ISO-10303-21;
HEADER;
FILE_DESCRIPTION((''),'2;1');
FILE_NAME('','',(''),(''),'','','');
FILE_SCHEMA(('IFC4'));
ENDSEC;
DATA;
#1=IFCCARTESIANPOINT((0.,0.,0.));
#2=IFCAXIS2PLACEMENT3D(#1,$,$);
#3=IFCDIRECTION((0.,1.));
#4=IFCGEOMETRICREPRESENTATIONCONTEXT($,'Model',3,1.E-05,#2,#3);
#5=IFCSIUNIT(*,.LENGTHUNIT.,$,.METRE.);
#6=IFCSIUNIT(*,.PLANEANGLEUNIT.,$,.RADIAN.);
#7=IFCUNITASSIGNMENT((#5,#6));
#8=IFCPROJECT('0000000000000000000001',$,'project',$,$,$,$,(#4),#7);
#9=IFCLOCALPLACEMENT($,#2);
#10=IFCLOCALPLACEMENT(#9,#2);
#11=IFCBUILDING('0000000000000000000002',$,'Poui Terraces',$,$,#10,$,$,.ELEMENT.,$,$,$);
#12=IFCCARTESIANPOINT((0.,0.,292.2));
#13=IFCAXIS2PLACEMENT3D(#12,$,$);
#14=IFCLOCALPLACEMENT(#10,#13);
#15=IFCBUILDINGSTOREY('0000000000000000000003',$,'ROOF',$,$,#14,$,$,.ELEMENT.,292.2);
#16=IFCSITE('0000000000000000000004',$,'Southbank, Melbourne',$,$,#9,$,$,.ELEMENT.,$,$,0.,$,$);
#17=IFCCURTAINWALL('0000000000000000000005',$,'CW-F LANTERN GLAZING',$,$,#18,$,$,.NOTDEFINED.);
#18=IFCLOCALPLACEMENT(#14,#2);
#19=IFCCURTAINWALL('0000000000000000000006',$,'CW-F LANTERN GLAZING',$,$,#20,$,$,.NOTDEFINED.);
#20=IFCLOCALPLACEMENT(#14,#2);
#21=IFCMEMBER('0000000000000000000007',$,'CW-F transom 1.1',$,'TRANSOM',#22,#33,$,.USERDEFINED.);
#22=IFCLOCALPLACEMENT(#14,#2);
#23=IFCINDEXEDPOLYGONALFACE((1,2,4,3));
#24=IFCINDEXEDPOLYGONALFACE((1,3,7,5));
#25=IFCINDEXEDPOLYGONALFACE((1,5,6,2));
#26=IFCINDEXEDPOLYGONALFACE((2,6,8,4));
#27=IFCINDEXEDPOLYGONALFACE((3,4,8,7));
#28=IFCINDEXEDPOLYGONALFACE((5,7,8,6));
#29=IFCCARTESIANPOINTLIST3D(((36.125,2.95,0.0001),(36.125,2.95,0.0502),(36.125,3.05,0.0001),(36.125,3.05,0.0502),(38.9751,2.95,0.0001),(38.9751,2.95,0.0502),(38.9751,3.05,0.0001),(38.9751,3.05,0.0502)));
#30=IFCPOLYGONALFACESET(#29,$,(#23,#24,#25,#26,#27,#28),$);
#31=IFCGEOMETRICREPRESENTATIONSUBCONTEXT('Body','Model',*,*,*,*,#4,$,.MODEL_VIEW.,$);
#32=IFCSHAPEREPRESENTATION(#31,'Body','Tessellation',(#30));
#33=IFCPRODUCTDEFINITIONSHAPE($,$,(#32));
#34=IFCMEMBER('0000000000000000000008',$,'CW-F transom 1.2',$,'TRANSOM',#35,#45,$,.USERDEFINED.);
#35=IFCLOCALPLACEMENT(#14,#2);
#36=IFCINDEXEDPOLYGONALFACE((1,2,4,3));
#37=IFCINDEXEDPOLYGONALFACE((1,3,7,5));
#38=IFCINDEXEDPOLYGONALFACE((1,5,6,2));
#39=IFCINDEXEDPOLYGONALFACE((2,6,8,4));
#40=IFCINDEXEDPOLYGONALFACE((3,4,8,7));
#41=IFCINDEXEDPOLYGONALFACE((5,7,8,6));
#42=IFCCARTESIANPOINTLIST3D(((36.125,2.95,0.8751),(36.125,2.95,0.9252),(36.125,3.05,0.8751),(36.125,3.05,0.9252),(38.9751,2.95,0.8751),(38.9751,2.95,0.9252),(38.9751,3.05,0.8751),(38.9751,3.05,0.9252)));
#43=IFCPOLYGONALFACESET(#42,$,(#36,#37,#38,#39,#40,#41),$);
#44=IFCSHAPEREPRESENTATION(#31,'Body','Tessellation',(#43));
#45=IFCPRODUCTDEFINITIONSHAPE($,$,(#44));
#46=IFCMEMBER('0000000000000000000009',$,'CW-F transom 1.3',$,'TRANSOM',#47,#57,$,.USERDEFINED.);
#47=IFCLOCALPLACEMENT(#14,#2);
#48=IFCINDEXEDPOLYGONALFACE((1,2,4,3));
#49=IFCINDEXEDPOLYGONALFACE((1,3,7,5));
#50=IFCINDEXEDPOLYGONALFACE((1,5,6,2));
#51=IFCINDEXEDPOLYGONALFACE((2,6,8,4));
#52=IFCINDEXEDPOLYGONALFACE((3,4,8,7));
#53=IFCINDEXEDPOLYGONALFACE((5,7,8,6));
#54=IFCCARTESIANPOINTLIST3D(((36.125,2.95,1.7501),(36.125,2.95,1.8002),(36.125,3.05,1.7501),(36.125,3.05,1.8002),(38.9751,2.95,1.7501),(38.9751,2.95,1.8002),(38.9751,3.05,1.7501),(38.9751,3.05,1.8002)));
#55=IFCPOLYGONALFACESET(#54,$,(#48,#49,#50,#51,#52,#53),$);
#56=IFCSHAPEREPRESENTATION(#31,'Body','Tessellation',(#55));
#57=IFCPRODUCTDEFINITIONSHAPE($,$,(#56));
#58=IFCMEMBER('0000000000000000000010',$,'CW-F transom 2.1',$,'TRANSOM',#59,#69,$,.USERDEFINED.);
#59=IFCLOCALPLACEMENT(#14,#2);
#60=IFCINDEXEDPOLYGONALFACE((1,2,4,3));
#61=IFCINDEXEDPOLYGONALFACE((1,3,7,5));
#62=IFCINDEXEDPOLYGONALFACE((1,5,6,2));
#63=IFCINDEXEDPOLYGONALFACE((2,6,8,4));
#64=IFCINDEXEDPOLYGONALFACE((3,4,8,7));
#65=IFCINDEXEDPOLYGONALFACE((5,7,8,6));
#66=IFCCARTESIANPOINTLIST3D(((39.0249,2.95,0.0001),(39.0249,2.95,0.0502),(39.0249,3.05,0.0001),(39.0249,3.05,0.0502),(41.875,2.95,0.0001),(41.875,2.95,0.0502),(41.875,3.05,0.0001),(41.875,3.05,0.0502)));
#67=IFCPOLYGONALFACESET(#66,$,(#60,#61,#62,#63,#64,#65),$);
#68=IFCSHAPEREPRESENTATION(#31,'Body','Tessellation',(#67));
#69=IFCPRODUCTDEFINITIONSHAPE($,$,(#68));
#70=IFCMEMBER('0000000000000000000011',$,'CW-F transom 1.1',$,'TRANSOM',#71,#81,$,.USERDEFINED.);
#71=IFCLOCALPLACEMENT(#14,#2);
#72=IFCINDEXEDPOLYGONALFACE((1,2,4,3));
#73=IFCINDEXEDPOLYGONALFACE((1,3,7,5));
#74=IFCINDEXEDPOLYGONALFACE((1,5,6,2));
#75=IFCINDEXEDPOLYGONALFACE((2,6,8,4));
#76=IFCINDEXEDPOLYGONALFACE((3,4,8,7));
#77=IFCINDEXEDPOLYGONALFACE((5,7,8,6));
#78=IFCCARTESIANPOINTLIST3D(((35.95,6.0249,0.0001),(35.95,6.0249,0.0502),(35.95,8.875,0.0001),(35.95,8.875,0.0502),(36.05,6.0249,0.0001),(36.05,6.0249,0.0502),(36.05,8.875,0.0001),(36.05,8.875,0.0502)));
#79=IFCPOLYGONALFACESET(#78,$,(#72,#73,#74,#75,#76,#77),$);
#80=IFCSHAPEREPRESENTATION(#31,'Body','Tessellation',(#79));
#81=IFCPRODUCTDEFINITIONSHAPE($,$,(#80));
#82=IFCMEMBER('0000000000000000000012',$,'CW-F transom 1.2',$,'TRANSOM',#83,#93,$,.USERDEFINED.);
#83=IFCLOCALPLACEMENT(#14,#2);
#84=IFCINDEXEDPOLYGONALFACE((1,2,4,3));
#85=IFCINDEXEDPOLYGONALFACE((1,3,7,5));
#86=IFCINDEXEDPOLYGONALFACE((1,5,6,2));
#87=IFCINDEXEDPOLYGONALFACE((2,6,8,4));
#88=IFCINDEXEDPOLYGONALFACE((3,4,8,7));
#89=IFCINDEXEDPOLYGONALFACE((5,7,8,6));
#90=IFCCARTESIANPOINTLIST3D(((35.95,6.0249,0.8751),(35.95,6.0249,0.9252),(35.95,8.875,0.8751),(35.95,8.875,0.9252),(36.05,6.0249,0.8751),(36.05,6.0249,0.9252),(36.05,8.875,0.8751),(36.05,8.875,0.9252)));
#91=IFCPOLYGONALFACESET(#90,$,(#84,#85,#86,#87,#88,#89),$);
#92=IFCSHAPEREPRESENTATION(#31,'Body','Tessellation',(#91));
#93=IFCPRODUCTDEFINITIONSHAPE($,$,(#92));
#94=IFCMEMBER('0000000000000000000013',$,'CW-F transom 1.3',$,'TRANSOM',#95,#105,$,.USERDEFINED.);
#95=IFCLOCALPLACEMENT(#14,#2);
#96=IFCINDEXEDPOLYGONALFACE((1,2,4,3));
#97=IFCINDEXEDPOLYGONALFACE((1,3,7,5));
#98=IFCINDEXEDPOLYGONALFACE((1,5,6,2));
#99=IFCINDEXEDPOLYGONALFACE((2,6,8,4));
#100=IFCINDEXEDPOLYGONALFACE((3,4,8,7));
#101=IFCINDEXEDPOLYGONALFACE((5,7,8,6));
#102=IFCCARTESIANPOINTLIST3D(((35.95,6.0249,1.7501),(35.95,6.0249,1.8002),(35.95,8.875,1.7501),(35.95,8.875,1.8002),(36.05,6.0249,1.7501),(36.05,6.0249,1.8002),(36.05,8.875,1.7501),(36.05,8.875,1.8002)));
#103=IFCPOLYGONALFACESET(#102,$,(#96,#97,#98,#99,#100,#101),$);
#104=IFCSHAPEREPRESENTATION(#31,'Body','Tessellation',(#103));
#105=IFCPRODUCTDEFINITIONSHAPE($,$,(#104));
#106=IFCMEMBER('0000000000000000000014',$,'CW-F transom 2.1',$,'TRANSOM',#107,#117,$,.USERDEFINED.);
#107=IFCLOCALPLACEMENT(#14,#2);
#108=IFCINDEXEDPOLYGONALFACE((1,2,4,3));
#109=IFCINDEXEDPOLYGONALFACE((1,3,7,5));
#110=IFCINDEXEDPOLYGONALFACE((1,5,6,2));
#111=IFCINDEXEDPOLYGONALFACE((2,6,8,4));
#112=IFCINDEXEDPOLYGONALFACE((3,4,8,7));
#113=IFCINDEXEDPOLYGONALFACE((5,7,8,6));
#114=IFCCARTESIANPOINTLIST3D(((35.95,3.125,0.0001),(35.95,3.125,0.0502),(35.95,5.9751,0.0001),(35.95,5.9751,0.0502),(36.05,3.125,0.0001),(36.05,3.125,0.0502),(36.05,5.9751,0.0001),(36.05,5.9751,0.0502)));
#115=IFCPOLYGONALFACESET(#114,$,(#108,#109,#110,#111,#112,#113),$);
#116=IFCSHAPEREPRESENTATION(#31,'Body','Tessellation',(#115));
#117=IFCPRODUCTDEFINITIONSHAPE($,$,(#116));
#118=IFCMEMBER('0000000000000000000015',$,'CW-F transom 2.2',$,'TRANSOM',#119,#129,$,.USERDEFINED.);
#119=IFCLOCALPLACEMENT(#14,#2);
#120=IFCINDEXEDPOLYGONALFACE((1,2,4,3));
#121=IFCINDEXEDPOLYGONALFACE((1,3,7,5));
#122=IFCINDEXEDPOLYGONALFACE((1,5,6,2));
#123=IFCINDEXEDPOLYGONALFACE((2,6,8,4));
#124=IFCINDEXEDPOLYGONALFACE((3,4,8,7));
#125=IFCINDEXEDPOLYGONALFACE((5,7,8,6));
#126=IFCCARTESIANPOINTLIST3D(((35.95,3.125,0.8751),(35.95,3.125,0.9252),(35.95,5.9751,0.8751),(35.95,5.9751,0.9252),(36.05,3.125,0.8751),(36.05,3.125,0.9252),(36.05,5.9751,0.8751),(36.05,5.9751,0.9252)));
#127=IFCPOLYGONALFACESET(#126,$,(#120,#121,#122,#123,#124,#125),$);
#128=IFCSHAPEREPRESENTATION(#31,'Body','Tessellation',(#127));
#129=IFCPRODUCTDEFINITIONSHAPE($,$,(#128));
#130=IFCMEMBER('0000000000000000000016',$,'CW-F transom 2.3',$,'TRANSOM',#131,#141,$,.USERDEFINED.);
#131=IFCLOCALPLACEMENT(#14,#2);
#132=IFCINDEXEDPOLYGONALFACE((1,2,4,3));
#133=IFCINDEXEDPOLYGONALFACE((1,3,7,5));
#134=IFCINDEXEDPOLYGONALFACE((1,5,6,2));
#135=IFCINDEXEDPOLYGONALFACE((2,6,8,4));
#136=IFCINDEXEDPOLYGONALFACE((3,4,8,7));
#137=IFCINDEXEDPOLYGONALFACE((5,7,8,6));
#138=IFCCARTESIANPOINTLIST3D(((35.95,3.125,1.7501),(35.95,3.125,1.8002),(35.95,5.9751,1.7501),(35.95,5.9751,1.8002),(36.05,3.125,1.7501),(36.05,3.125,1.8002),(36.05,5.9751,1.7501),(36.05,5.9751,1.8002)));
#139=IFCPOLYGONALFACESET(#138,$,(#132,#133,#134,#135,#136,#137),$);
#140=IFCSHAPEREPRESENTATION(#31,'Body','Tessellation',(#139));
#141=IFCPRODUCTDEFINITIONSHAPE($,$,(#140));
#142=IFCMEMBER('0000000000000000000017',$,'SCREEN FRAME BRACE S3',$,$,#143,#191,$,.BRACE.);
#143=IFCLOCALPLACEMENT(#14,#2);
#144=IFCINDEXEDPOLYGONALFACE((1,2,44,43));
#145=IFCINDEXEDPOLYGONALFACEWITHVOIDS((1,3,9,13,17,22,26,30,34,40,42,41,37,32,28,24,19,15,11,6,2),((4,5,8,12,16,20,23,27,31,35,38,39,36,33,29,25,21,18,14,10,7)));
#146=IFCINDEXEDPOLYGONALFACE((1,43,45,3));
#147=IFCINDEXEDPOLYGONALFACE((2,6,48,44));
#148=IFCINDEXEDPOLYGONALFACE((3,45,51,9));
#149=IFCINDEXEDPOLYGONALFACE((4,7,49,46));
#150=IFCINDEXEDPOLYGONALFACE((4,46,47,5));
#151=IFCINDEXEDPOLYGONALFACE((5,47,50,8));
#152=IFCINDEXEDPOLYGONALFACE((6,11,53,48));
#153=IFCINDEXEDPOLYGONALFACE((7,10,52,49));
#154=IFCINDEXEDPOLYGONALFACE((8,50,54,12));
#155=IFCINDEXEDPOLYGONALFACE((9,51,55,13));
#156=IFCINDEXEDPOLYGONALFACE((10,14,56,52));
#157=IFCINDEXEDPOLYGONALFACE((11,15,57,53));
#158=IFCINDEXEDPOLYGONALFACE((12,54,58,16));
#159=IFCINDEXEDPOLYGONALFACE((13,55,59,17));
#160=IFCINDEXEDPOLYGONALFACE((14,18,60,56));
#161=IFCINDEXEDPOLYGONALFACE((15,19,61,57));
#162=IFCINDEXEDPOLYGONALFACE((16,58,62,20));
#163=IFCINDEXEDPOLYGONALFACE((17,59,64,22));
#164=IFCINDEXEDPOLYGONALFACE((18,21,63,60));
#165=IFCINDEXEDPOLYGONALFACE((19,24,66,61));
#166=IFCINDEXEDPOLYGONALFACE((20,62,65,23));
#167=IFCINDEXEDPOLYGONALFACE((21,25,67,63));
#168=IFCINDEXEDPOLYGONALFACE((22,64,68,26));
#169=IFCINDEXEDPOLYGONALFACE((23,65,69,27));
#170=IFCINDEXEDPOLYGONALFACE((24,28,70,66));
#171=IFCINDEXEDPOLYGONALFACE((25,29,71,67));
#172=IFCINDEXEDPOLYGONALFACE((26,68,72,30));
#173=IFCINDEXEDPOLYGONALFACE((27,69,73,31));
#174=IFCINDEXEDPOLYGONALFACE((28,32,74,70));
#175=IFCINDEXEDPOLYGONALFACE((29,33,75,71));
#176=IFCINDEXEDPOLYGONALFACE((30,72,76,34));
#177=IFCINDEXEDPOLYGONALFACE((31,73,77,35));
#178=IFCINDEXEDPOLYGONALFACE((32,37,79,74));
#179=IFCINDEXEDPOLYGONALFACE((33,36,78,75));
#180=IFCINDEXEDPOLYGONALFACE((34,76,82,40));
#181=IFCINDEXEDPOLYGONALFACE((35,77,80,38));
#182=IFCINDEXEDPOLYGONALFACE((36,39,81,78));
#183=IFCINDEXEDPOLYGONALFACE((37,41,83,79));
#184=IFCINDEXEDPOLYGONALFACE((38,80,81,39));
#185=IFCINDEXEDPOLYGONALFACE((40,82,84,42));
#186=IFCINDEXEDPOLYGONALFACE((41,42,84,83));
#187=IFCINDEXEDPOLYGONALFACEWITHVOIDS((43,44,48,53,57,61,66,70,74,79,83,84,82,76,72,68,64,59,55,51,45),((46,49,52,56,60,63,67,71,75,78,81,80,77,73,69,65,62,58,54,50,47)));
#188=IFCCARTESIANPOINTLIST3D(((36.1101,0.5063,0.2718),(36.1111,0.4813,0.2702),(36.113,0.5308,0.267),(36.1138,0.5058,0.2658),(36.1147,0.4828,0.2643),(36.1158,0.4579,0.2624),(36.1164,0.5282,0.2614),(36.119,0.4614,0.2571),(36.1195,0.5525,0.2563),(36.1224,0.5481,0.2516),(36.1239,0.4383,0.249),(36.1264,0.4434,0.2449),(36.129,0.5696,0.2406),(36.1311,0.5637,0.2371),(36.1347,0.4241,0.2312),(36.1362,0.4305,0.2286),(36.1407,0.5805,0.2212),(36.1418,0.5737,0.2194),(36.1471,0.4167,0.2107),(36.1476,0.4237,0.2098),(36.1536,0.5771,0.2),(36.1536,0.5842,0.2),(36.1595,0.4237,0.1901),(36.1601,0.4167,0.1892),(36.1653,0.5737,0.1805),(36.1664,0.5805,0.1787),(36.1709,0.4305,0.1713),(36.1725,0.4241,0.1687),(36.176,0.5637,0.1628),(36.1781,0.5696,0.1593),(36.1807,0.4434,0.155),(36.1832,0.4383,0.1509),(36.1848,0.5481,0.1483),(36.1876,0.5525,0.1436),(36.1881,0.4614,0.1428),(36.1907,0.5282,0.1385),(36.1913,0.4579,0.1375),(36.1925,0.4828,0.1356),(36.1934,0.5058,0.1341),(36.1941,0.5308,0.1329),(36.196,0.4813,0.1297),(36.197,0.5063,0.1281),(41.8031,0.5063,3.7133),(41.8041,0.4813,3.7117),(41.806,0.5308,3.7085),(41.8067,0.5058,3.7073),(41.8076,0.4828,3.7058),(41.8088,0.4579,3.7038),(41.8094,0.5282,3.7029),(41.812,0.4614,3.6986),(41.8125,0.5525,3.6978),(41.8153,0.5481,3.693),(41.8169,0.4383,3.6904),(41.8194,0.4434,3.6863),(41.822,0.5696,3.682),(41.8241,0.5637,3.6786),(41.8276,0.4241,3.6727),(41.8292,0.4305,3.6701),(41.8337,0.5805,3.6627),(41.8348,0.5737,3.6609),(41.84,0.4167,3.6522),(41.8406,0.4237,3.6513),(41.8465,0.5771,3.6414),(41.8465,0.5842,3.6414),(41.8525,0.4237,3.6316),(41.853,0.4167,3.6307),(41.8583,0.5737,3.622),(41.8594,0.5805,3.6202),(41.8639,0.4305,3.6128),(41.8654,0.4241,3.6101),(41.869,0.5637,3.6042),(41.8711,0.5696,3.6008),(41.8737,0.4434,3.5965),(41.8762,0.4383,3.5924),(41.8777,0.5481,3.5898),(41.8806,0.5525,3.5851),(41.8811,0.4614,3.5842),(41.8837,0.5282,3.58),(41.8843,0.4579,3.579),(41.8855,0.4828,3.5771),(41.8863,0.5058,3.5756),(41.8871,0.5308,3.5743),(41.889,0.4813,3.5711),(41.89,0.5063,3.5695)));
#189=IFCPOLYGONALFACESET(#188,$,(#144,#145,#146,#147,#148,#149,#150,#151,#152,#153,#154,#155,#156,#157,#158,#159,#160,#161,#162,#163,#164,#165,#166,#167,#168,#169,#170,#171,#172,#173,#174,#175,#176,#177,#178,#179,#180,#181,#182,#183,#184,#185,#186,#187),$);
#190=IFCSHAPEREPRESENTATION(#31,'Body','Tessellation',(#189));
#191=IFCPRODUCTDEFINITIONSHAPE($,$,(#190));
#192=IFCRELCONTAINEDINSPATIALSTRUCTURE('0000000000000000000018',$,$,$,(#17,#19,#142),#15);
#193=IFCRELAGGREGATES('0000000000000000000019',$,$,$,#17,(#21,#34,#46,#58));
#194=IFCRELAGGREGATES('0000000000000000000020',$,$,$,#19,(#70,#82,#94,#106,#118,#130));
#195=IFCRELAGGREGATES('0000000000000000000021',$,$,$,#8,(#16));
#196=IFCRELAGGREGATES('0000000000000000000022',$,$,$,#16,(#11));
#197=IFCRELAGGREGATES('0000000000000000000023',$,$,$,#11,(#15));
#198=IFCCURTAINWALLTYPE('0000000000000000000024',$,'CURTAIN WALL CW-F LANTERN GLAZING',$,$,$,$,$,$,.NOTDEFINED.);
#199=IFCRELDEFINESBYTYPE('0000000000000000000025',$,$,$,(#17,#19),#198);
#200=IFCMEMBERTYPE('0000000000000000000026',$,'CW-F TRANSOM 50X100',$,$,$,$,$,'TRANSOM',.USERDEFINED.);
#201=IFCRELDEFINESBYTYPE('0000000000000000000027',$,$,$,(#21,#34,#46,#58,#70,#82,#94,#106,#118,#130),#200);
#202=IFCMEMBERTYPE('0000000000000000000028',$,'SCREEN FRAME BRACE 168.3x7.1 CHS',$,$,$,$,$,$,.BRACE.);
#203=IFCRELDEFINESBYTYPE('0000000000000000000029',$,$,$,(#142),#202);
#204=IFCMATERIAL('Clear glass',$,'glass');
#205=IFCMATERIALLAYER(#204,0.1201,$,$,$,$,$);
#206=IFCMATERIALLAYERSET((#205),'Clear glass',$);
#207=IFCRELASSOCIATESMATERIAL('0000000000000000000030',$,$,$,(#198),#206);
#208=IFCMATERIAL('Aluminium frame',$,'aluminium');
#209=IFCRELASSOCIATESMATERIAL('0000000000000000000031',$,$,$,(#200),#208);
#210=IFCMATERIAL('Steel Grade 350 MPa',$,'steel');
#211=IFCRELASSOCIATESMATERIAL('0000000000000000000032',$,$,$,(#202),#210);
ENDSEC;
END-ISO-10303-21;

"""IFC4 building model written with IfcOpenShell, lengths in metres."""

from ifc_helpers import new_model, si_unit, direction, frame, origin, origin_2d, place, context, subcontext, project, spatial, rectangle, hollow_circle, extrude, material, layer, layer_set, material_profile, profile_set, type_object, element, aggregate, save


model = new_model("IFC4")

# Units and contexts
model_context = context("Model", 3, precision=1e-05, world=origin(), true_north=direction((0.0, 1.0)))
body_context = subcontext(model_context, "Body", "Model", "MODEL_VIEW")
ifc_project = project(units=[si_unit("LENGTHUNIT", "METRE"), si_unit("PLANEANGLEUNIT", "RADIAN")], contexts=[model_context])

# Site, building, storey
site_placement = place(None, origin())
site = spatial("IfcSite", under=ifc_project, at=site_placement, Name="Southbank, Melbourne", CompositionType="ELEMENT", RefElevation=0.0)
building_placement = place(site_placement, origin())
building = spatial("IfcBuilding", under=site, at=building_placement, Name="Poui Terraces", CompositionType="ELEMENT")
storey_placement = place(building_placement, frame((0.0, 0.0, 292.2)))
storey = spatial("IfcBuildingStorey", under=building, at=storey_placement, Name="ROOF", CompositionType="ELEMENT", Elevation=292.2)

# Shared definitions
ifc_material_1 = material(Name="Steel Grade 350 MPa", Category="steel")

# Curtain walls
ifc_material_2 = material(Name="Clear glass", Category="glass")
ifc_layer_1 = layer(ifc_material_2, 0.1201)
ifc_layer_set_1 = layer_set([ifc_layer_1], Name="Clear glass")
curtain_wall_type = type_object("IfcCurtainWallType", Name="CURTAIN WALL CW-F LANTERN GLAZING", PredefinedType="NOTDEFINED", material=ifc_layer_set_1)
curtain_wall_1_placement = place(storey_placement, origin())
curtain_wall_1 = element("IfcCurtainWall", 1, at=curtain_wall_1_placement, inside=storey, type_object=curtain_wall_type, Name="CW-F LANTERN GLAZING", PredefinedType="NOTDEFINED")
ifc_material_3 = material(Name="Aluminium frame", Category="aluminium")
curtain_wall_2_placement = place(storey_placement, origin())
curtain_wall_2 = element("IfcCurtainWall", 2, at=curtain_wall_2_placement, inside=storey, type_object=curtain_wall_type, Name="CW-F LANTERN GLAZING", PredefinedType="NOTDEFINED")

# Members
ifc_material_profile_1 = material_profile(ifc_material_3, rectangle(XDim=0.1001, YDim=0.05, at=origin_2d()), Name="CW-F TRANSOM 50X100")
ifc_profile_set_1 = profile_set([ifc_material_profile_1], Name="Aluminium frame")
member_type_1 = type_object("IfcMemberType", Name="CW-F TRANSOM 50X100", ElementType="TRANSOM", PredefinedType="USERDEFINED", material=ifc_profile_set_1)
member_1_placement = place(storey_placement, frame((36.125, 3.0, 0.0251), z_axis=(1.0, 0.0, 0.0), x_axis=(0.0, 1.0, 0.0)))
member_1 = element("IfcMember", 3, at=member_1_placement, type_object=member_type_1, Name="CW-F transom 1.1", ObjectType="TRANSOM", PredefinedType="USERDEFINED", context=body_context, shape_type="SweptSolid", body=[
    extrude(rectangle(XDim=0.1001, YDim=0.05, at=origin_2d()), origin(), (0.0, 0.0, 1.0), 2.8501),
])
member_2_placement = place(storey_placement, frame((36.125, 3.0, 0.9001), z_axis=(1.0, 0.0, 0.0), x_axis=(0.0, 1.0, 0.0)))
member_2 = element("IfcMember", 4, at=member_2_placement, type_object=member_type_1, Name="CW-F transom 1.2", ObjectType="TRANSOM", PredefinedType="USERDEFINED", context=body_context, shape_type="SweptSolid", body=[
    extrude(rectangle(XDim=0.1001, YDim=0.05, at=origin_2d()), origin(), (0.0, 0.0, 1.0), 2.8501),
])
member_3_placement = place(storey_placement, frame((36.125, 3.0, 1.7751), z_axis=(1.0, 0.0, 0.0), x_axis=(0.0, 1.0, 0.0)))
member_3 = element("IfcMember", 5, at=member_3_placement, type_object=member_type_1, Name="CW-F transom 1.3", ObjectType="TRANSOM", PredefinedType="USERDEFINED", context=body_context, shape_type="SweptSolid", body=[
    extrude(rectangle(XDim=0.1001, YDim=0.05, at=origin_2d()), origin(), (0.0, 0.0, 1.0), 2.8501),
])
member_4_placement = place(storey_placement, frame((39.0249, 3.0, 0.0251), z_axis=(1.0, 0.0, 0.0), x_axis=(0.0, 1.0, 0.0)))
member_4 = element("IfcMember", 6, at=member_4_placement, type_object=member_type_1, Name="CW-F transom 2.1", ObjectType="TRANSOM", PredefinedType="USERDEFINED", context=body_context, shape_type="SweptSolid", body=[
    extrude(rectangle(XDim=0.1001, YDim=0.05, at=origin_2d()), origin(), (0.0, 0.0, 1.0), 2.8501),
])
member_5_placement = place(storey_placement, frame((36.0, 8.875, 0.0251), z_axis=(0.0, -1.0, 0.0), x_axis=(1.0, 0.0, 0.0)))
member_5 = element("IfcMember", 7, at=member_5_placement, type_object=member_type_1, Name="CW-F transom 1.1", ObjectType="TRANSOM", PredefinedType="USERDEFINED", context=body_context, shape_type="SweptSolid", body=[
    extrude(rectangle(XDim=0.1001, YDim=0.05, at=origin_2d()), origin(), (0.0, 0.0, 1.0), 2.8501),
])
member_6_placement = place(storey_placement, frame((36.0, 8.875, 0.9001), z_axis=(0.0, -1.0, 0.0), x_axis=(1.0, 0.0, 0.0)))
member_6 = element("IfcMember", 8, at=member_6_placement, type_object=member_type_1, Name="CW-F transom 1.2", ObjectType="TRANSOM", PredefinedType="USERDEFINED", context=body_context, shape_type="SweptSolid", body=[
    extrude(rectangle(XDim=0.1001, YDim=0.05, at=origin_2d()), origin(), (0.0, 0.0, 1.0), 2.8501),
])
member_7_placement = place(storey_placement, frame((36.0, 8.875, 1.7751), z_axis=(0.0, -1.0, 0.0), x_axis=(1.0, 0.0, 0.0)))
member_7 = element("IfcMember", 9, at=member_7_placement, type_object=member_type_1, Name="CW-F transom 1.3", ObjectType="TRANSOM", PredefinedType="USERDEFINED", context=body_context, shape_type="SweptSolid", body=[
    extrude(rectangle(XDim=0.1001, YDim=0.05, at=origin_2d()), origin(), (0.0, 0.0, 1.0), 2.8501),
])
member_8_placement = place(storey_placement, frame((36.0, 5.9751, 0.0251), z_axis=(0.0, -1.0, 0.0), x_axis=(1.0, 0.0, 0.0)))
member_8 = element("IfcMember", 10, at=member_8_placement, type_object=member_type_1, Name="CW-F transom 2.1", ObjectType="TRANSOM", PredefinedType="USERDEFINED", context=body_context, shape_type="SweptSolid", body=[
    extrude(rectangle(XDim=0.1001, YDim=0.05, at=origin_2d()), origin(), (0.0, 0.0, 1.0), 2.8501),
])
member_9_placement = place(storey_placement, frame((36.0, 5.9751, 0.9001), z_axis=(0.0, -1.0, 0.0), x_axis=(1.0, 0.0, 0.0)))
member_9 = element("IfcMember", 11, at=member_9_placement, type_object=member_type_1, Name="CW-F transom 2.2", ObjectType="TRANSOM", PredefinedType="USERDEFINED", context=body_context, shape_type="SweptSolid", body=[
    extrude(rectangle(XDim=0.1001, YDim=0.05, at=origin_2d()), origin(), (0.0, 0.0, 1.0), 2.8501),
])
member_10_placement = place(storey_placement, frame((36.0, 5.9751, 1.7751), z_axis=(0.0, -1.0, 0.0), x_axis=(1.0, 0.0, 0.0)))
member_10 = element("IfcMember", 12, at=member_10_placement, type_object=member_type_1, Name="CW-F transom 2.3", ObjectType="TRANSOM", PredefinedType="USERDEFINED", context=body_context, shape_type="SweptSolid", body=[
    extrude(rectangle(XDim=0.1001, YDim=0.05, at=origin_2d()), origin(), (0.0, 0.0, 1.0), 2.8501),
])
ifc_material_profile_2 = material_profile(ifc_material_1, hollow_circle(Radius=0.0842, WallThickness=0.0071, at=origin_2d()), Name="168.3x7.1 CHS")
ifc_profile_set_2 = profile_set([ifc_material_profile_2], Name="Steel Grade 350 MPa")
member_type_2 = type_object("IfcMemberType", Name="SCREEN FRAME BRACE 168.3x7.1 CHS", PredefinedType="BRACE", material=ifc_profile_set_2)
member_11_placement = place(storey_placement, frame((36.1536, 0.5, 0.2), z_axis=(0.855785, 0.0, 0.517332), x_axis=(0.0, 1.0, 0.0)))
element("IfcMember", 13, at=member_11_placement, inside=storey, type_object=member_type_2, Name="SCREEN FRAME BRACE S3", PredefinedType="BRACE", context=body_context, shape_type="SweptSolid", body=[
    extrude(hollow_circle(Radius=0.0842, WallThickness=0.0071, at=origin_2d()), origin(), (0.0, 0.0, 1.0), 6.6523),
])

aggregate(curtain_wall_1, [member_1, member_2, member_3, member_4])
aggregate(curtain_wall_2, [member_5, member_6, member_7, member_8, member_9, member_10])

save(model, "model.ifc")
